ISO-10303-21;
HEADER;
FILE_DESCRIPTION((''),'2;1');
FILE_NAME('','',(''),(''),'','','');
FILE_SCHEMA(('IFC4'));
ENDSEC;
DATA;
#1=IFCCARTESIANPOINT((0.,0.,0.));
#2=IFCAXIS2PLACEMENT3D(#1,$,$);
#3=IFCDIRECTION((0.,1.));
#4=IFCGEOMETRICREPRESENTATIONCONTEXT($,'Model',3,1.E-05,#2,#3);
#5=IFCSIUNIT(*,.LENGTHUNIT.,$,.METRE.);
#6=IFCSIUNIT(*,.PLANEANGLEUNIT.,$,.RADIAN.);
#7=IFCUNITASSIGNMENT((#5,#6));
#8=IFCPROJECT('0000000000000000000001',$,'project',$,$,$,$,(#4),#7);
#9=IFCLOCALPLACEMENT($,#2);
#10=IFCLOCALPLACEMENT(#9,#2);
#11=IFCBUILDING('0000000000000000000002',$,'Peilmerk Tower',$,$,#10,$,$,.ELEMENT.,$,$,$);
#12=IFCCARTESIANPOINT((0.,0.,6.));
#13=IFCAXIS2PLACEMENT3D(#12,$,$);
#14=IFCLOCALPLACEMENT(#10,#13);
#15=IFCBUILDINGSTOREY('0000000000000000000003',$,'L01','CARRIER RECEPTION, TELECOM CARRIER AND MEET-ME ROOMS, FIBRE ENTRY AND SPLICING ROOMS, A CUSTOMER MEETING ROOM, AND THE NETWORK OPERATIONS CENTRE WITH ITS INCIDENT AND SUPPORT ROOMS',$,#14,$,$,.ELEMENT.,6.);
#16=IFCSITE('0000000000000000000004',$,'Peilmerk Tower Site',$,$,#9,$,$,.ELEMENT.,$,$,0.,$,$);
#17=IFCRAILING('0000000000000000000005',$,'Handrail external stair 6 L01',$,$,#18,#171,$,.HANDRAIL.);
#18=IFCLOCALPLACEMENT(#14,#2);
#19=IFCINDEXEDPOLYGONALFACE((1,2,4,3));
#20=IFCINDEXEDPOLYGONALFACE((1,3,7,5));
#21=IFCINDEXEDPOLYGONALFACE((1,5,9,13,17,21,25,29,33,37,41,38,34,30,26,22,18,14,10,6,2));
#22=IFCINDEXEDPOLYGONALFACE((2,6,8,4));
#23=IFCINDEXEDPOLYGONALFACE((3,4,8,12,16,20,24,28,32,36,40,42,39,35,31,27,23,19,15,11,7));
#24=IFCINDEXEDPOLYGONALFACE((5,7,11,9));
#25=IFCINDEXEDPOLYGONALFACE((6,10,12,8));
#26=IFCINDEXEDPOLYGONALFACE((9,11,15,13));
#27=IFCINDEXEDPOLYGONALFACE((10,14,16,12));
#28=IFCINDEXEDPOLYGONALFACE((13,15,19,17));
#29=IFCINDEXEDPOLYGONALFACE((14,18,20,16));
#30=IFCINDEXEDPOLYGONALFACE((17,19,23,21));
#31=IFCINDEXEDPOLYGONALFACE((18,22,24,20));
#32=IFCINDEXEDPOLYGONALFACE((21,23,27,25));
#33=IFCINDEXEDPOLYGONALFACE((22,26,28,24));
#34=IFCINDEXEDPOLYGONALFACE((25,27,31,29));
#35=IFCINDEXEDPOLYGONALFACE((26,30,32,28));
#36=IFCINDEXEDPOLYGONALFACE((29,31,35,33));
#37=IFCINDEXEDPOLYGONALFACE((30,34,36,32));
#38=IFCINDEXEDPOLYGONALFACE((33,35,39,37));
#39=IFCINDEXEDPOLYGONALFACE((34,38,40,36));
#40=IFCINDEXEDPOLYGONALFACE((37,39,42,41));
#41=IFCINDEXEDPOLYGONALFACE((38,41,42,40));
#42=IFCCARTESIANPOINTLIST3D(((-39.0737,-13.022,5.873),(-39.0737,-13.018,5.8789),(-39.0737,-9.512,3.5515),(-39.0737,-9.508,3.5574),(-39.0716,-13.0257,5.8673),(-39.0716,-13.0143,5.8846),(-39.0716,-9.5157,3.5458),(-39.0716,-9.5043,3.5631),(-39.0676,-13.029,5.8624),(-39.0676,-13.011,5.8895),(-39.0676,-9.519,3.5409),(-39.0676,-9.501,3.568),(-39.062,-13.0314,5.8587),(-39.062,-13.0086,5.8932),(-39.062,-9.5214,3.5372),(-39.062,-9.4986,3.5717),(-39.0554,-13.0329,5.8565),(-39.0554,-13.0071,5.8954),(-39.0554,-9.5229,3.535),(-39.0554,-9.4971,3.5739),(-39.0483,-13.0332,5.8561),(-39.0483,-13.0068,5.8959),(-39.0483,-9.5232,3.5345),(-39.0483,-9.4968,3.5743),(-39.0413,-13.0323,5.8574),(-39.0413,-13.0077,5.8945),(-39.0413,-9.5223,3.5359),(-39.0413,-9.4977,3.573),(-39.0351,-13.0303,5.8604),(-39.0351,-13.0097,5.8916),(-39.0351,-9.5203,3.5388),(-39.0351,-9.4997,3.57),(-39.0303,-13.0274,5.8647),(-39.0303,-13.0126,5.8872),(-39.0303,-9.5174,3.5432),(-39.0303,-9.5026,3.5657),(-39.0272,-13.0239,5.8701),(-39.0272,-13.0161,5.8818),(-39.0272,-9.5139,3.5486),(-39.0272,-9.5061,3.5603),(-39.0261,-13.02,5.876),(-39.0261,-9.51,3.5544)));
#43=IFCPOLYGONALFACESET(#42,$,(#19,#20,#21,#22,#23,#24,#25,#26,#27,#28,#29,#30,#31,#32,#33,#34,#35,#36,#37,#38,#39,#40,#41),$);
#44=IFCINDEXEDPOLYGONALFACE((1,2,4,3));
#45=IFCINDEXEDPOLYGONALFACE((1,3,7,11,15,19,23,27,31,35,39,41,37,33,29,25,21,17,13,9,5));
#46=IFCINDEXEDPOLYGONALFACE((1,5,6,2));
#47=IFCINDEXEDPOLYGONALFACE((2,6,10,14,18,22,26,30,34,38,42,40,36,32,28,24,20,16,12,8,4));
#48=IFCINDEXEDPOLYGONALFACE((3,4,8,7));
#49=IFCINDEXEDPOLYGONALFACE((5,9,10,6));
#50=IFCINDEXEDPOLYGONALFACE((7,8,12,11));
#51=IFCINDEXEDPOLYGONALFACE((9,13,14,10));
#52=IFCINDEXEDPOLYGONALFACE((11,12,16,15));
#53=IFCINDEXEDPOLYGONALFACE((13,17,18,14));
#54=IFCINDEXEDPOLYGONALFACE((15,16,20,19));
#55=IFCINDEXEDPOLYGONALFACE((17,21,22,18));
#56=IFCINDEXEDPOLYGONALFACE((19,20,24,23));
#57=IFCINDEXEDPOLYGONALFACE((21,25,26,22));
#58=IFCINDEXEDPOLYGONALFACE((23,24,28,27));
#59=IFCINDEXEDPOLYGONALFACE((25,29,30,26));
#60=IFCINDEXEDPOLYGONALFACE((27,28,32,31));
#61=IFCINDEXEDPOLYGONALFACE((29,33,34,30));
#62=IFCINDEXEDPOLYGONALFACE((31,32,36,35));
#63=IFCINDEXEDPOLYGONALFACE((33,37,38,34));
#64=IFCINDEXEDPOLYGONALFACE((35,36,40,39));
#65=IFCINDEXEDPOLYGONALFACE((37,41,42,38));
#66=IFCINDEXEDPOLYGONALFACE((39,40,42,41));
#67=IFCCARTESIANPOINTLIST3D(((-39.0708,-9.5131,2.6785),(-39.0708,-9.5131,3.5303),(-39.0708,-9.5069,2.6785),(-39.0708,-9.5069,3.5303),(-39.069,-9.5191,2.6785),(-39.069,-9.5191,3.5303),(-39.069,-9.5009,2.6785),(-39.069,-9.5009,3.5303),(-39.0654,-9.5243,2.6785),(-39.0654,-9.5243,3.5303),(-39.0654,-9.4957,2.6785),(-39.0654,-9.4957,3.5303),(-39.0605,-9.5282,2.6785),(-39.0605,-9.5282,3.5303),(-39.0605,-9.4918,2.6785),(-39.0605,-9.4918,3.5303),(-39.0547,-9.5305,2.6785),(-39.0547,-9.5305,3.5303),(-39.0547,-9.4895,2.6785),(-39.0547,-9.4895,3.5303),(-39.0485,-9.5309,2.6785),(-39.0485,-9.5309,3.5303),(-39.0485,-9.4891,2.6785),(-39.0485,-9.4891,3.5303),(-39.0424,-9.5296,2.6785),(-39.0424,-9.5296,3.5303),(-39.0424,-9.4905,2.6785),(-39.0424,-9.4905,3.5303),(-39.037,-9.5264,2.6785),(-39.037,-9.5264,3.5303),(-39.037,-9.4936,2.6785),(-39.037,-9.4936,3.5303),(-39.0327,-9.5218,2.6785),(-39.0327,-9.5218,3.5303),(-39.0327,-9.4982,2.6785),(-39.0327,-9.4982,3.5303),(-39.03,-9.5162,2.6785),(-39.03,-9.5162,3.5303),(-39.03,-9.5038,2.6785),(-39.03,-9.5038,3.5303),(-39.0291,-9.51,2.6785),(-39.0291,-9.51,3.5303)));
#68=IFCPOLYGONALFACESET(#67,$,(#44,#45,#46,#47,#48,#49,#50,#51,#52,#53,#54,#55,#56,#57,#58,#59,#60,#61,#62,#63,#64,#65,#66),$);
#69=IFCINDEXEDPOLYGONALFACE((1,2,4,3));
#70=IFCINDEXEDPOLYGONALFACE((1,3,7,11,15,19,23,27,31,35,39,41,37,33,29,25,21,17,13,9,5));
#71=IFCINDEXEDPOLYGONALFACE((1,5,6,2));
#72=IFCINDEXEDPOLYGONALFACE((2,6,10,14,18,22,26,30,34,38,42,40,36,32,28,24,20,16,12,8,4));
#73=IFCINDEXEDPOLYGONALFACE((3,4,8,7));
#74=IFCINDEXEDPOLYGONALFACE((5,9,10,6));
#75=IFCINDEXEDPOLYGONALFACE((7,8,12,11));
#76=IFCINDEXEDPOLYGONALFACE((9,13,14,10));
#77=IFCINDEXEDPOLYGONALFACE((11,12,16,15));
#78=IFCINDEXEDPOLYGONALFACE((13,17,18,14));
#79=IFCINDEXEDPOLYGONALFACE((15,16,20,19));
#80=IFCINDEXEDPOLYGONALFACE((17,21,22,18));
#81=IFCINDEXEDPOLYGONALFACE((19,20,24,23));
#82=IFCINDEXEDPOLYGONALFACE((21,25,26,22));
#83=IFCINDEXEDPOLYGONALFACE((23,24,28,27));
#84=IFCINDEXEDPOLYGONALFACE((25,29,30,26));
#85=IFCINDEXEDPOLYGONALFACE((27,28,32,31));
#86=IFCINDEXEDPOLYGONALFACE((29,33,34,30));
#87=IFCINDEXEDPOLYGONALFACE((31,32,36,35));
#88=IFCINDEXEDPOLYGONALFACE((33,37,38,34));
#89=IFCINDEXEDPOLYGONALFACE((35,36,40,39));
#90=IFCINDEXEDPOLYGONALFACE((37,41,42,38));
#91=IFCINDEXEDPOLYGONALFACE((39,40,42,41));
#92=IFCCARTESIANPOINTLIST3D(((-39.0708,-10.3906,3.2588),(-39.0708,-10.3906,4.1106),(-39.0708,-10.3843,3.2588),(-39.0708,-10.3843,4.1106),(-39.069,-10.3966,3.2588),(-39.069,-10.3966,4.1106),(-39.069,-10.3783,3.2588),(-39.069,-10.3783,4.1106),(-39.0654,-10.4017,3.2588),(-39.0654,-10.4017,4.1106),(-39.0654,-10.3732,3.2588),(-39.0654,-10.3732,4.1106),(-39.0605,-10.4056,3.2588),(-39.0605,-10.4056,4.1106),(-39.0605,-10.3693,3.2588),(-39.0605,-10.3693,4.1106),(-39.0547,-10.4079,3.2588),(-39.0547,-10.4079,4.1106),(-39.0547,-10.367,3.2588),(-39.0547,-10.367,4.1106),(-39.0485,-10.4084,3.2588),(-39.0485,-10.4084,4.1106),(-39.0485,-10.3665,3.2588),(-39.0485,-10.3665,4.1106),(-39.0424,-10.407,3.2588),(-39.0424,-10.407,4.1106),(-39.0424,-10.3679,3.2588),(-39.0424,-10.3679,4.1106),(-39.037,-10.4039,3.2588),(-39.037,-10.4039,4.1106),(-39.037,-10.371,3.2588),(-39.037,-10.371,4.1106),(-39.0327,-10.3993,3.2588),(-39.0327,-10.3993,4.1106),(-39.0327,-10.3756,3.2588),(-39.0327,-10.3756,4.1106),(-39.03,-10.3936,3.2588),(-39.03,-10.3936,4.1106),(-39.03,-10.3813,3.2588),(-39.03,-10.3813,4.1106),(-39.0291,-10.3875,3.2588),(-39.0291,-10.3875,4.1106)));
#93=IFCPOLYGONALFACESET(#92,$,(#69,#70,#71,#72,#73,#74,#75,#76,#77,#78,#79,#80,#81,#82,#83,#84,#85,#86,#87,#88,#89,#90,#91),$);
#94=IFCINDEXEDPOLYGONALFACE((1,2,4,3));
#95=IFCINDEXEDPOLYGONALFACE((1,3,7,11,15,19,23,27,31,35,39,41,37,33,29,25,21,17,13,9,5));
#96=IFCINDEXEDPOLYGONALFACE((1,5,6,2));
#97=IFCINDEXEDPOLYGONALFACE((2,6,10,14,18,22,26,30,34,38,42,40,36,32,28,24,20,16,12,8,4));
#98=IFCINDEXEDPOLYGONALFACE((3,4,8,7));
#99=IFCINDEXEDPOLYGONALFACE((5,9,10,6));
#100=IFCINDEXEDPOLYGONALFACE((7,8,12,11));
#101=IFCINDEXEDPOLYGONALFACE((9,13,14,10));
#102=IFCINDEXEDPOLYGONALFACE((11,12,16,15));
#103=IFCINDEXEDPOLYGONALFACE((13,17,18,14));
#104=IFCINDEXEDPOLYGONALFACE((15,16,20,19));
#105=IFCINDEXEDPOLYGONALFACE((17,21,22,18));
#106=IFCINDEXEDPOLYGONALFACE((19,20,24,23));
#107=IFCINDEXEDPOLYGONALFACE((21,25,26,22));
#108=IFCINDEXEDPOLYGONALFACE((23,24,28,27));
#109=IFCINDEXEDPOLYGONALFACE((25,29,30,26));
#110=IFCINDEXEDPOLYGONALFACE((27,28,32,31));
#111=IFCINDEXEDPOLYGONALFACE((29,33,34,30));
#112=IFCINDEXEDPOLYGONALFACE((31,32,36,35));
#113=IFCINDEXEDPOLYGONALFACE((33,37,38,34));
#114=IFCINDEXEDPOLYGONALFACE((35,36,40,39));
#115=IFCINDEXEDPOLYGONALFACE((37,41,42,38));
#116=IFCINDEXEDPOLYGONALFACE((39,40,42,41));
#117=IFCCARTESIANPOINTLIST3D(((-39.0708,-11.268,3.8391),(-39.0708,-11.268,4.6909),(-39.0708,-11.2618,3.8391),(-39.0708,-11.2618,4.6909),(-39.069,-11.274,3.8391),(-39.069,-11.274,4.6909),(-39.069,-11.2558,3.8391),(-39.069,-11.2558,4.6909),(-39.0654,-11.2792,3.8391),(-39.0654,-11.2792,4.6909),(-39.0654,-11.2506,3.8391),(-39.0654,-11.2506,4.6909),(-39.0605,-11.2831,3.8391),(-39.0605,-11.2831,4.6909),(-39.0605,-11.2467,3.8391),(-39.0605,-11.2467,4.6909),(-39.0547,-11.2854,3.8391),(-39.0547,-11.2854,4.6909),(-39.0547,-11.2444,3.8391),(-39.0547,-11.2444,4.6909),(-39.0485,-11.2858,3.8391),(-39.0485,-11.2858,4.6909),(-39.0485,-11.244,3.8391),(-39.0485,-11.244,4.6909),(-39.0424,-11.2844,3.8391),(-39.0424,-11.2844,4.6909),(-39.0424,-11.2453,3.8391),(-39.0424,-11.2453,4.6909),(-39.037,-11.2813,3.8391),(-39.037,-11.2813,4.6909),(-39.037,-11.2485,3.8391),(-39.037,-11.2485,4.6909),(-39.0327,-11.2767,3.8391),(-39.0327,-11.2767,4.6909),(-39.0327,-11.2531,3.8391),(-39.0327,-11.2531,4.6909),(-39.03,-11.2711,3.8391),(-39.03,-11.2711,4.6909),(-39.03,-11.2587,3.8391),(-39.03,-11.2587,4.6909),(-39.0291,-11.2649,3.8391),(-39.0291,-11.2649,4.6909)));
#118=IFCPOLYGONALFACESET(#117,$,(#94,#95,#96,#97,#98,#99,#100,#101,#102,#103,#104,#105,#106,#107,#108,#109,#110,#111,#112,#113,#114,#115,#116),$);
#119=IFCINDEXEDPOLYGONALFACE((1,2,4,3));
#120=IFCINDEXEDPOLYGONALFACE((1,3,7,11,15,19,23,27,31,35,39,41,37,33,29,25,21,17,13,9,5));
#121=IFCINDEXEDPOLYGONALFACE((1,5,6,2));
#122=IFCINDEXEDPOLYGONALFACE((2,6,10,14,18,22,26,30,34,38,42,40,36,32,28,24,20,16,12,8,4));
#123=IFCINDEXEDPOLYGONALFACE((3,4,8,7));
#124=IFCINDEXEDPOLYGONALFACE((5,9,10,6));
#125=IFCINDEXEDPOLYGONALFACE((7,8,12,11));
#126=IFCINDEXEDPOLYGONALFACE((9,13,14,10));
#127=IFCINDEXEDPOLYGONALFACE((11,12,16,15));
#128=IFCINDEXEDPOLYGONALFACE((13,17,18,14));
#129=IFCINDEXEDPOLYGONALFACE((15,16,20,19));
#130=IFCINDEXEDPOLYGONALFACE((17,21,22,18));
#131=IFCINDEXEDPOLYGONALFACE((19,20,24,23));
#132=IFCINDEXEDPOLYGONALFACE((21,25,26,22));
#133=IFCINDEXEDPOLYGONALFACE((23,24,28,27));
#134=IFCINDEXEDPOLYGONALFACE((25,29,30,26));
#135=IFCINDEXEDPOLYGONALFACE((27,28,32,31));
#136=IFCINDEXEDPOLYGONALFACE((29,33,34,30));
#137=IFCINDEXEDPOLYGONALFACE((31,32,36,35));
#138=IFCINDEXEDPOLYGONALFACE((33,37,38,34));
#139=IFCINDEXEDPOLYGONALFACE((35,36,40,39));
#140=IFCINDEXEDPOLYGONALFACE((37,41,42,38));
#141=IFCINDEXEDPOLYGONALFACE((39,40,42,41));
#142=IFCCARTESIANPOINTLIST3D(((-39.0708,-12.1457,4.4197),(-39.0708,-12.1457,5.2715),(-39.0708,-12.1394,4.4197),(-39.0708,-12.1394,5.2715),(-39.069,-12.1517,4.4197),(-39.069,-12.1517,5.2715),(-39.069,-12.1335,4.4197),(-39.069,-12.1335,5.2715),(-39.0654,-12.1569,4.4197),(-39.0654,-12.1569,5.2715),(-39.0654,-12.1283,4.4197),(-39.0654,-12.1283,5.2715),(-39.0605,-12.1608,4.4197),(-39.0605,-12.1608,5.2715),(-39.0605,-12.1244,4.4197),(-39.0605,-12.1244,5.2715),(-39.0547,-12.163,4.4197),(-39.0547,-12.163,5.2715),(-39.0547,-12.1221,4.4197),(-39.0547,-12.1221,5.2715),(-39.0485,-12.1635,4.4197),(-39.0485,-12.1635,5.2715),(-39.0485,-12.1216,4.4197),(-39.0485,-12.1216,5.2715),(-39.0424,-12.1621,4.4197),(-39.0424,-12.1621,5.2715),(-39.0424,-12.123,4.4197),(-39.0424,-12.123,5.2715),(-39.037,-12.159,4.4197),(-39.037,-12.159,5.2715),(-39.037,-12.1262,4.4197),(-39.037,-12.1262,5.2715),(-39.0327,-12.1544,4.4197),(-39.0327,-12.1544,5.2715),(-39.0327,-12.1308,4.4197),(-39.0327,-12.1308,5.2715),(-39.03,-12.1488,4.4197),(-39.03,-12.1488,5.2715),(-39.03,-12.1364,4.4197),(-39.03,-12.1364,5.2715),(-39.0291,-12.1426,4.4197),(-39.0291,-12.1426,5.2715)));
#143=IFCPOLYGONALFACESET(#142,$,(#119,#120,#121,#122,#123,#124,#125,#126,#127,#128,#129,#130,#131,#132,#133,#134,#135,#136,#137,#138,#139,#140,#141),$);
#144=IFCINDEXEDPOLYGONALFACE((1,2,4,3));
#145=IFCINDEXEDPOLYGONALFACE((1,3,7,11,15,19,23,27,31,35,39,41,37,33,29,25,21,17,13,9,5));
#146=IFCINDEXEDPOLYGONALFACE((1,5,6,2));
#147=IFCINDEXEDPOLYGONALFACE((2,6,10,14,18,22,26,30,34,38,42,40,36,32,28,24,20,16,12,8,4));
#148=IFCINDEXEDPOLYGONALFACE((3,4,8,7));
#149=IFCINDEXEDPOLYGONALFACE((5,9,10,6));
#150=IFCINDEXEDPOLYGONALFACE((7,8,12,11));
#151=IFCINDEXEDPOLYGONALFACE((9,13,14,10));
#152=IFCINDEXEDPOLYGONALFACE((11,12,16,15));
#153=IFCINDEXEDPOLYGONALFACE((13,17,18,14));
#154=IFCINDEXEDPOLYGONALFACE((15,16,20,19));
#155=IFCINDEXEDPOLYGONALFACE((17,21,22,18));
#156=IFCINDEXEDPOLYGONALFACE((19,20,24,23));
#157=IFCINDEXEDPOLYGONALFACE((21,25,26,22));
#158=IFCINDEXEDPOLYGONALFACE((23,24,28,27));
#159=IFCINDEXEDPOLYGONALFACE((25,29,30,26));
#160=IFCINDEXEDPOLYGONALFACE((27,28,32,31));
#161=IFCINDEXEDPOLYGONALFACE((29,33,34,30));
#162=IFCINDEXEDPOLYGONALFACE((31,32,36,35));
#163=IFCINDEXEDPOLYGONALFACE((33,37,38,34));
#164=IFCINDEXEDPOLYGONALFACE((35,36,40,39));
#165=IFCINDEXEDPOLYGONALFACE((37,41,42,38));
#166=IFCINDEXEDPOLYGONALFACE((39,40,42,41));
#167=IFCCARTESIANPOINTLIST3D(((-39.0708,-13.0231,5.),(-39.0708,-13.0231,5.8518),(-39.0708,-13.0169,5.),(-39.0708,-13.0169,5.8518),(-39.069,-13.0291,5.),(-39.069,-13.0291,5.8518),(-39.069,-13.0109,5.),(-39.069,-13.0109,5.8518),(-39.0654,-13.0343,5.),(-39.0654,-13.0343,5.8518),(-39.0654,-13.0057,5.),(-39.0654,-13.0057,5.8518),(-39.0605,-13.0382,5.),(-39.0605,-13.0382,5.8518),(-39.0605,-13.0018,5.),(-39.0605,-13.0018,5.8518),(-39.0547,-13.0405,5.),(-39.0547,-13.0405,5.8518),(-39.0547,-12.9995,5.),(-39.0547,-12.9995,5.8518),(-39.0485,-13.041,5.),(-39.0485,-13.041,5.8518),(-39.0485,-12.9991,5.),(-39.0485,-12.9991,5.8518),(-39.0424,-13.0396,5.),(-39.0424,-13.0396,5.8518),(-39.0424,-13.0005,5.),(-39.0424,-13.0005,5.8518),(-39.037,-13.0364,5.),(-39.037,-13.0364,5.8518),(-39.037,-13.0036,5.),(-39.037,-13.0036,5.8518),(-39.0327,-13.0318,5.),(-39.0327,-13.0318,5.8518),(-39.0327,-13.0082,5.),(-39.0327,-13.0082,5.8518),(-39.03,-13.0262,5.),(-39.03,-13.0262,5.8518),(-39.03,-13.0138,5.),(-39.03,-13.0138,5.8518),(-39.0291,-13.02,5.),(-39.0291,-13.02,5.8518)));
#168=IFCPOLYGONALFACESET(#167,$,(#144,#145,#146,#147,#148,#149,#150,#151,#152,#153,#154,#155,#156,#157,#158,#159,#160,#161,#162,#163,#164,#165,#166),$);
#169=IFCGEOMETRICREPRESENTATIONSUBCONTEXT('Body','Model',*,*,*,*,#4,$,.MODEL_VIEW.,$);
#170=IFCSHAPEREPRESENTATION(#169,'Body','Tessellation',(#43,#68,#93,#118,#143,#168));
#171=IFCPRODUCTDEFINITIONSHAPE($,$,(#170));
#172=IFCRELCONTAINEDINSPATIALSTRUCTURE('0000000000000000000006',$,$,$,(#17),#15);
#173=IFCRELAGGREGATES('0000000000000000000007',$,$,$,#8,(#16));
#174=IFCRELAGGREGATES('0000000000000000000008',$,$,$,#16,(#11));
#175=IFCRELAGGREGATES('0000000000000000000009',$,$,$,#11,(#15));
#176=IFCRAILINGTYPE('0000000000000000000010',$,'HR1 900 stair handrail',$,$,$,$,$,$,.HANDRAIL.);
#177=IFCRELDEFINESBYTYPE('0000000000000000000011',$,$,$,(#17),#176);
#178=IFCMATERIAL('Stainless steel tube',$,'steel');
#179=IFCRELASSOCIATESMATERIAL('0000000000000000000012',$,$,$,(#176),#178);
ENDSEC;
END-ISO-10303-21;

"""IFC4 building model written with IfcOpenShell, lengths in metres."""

from ifc_helpers import new_model, si_unit, direction, frame, origin, origin_2d, place, context, subcontext, project, spatial, circle, extrude, material, type_object, element, save


model = new_model("IFC4")

# Units and contexts
model_context = context("Model", 3, precision=1e-05, world=origin(), true_north=direction((0.0, 1.0)))
body_context = subcontext(model_context, "Body", "Model", "MODEL_VIEW")
ifc_project = project(units=[si_unit("LENGTHUNIT", "METRE"), si_unit("PLANEANGLEUNIT", "RADIAN")], contexts=[model_context])

# Site, building, storey
site_placement = place(None, origin())
site = spatial("IfcSite", under=ifc_project, at=site_placement, Name="Peilmerk Tower Site", CompositionType="ELEMENT", RefElevation=0.0)
building_placement = place(site_placement, origin())
building = spatial("IfcBuilding", under=site, at=building_placement, Name="Peilmerk Tower", CompositionType="ELEMENT")
storey_placement = place(building_placement, frame((0.0, 0.0, 6.0)))
storey = spatial("IfcBuildingStorey", under=building, at=storey_placement, Name="L01", Description="CARRIER RECEPTION, TELECOM CARRIER AND MEET-ME ROOMS, FIBRE ENTRY AND SPLICING ROOMS, A CUSTOMER MEETING ROOM, AND THE NETWORK OPERATIONS CENTRE WITH ITS INCIDENT AND SUPPORT ROOMS", CompositionType="ELEMENT", Elevation=6.0)

# Railing
ifc_material_1 = material(Name="Stainless steel tube", Category="steel")
railing_type_1 = type_object("IfcRailingType", Name="HR1 900 stair handrail", PredefinedType="HANDRAIL", material=ifc_material_1)
for number, where, name in (
    (1, (-39.05, -9.51, 2.6785), "Handrail external stair 6 L01"),
):
    element("IfcRailing", number, at=place(storey_placement, frame(where)), inside=storey, type_object=railing_type_1, Name=name, PredefinedType="HANDRAIL", context=body_context, shape_type="SweptSolid", body=[
        extrude(circle(Radius=0.0239, at=origin_2d()), frame((0.0, 0.0, 0.876), z_axis=(0.0, -0.834071, 0.551657), x_axis=(1.0, 0.0, 0.0)), (0.0, 0.0, 1.0), 4.2083),
        extrude(circle(Radius=0.021, at=origin_2d()), origin(), (0.0, 0.0, 1.0), 0.8518),
        extrude(circle(Radius=0.021, at=origin_2d()), frame((0.0, -0.8774, 0.5803)), (0.0, 0.0, 1.0), 0.8518),
        extrude(circle(Radius=0.021, at=origin_2d()), frame((0.0, -1.7549, 1.1606)), (0.0, 0.0, 1.0), 0.8518),
        extrude(circle(Radius=0.021, at=origin_2d()), frame((0.0, -2.6326, 1.7412)), (0.0, 0.0, 1.0), 0.8518),
        extrude(circle(Radius=0.021, at=origin_2d()), frame((0.0, -3.51, 2.3215)), (0.0, 0.0, 1.0), 0.8518),
    ])

save(model, "model.ifc")
